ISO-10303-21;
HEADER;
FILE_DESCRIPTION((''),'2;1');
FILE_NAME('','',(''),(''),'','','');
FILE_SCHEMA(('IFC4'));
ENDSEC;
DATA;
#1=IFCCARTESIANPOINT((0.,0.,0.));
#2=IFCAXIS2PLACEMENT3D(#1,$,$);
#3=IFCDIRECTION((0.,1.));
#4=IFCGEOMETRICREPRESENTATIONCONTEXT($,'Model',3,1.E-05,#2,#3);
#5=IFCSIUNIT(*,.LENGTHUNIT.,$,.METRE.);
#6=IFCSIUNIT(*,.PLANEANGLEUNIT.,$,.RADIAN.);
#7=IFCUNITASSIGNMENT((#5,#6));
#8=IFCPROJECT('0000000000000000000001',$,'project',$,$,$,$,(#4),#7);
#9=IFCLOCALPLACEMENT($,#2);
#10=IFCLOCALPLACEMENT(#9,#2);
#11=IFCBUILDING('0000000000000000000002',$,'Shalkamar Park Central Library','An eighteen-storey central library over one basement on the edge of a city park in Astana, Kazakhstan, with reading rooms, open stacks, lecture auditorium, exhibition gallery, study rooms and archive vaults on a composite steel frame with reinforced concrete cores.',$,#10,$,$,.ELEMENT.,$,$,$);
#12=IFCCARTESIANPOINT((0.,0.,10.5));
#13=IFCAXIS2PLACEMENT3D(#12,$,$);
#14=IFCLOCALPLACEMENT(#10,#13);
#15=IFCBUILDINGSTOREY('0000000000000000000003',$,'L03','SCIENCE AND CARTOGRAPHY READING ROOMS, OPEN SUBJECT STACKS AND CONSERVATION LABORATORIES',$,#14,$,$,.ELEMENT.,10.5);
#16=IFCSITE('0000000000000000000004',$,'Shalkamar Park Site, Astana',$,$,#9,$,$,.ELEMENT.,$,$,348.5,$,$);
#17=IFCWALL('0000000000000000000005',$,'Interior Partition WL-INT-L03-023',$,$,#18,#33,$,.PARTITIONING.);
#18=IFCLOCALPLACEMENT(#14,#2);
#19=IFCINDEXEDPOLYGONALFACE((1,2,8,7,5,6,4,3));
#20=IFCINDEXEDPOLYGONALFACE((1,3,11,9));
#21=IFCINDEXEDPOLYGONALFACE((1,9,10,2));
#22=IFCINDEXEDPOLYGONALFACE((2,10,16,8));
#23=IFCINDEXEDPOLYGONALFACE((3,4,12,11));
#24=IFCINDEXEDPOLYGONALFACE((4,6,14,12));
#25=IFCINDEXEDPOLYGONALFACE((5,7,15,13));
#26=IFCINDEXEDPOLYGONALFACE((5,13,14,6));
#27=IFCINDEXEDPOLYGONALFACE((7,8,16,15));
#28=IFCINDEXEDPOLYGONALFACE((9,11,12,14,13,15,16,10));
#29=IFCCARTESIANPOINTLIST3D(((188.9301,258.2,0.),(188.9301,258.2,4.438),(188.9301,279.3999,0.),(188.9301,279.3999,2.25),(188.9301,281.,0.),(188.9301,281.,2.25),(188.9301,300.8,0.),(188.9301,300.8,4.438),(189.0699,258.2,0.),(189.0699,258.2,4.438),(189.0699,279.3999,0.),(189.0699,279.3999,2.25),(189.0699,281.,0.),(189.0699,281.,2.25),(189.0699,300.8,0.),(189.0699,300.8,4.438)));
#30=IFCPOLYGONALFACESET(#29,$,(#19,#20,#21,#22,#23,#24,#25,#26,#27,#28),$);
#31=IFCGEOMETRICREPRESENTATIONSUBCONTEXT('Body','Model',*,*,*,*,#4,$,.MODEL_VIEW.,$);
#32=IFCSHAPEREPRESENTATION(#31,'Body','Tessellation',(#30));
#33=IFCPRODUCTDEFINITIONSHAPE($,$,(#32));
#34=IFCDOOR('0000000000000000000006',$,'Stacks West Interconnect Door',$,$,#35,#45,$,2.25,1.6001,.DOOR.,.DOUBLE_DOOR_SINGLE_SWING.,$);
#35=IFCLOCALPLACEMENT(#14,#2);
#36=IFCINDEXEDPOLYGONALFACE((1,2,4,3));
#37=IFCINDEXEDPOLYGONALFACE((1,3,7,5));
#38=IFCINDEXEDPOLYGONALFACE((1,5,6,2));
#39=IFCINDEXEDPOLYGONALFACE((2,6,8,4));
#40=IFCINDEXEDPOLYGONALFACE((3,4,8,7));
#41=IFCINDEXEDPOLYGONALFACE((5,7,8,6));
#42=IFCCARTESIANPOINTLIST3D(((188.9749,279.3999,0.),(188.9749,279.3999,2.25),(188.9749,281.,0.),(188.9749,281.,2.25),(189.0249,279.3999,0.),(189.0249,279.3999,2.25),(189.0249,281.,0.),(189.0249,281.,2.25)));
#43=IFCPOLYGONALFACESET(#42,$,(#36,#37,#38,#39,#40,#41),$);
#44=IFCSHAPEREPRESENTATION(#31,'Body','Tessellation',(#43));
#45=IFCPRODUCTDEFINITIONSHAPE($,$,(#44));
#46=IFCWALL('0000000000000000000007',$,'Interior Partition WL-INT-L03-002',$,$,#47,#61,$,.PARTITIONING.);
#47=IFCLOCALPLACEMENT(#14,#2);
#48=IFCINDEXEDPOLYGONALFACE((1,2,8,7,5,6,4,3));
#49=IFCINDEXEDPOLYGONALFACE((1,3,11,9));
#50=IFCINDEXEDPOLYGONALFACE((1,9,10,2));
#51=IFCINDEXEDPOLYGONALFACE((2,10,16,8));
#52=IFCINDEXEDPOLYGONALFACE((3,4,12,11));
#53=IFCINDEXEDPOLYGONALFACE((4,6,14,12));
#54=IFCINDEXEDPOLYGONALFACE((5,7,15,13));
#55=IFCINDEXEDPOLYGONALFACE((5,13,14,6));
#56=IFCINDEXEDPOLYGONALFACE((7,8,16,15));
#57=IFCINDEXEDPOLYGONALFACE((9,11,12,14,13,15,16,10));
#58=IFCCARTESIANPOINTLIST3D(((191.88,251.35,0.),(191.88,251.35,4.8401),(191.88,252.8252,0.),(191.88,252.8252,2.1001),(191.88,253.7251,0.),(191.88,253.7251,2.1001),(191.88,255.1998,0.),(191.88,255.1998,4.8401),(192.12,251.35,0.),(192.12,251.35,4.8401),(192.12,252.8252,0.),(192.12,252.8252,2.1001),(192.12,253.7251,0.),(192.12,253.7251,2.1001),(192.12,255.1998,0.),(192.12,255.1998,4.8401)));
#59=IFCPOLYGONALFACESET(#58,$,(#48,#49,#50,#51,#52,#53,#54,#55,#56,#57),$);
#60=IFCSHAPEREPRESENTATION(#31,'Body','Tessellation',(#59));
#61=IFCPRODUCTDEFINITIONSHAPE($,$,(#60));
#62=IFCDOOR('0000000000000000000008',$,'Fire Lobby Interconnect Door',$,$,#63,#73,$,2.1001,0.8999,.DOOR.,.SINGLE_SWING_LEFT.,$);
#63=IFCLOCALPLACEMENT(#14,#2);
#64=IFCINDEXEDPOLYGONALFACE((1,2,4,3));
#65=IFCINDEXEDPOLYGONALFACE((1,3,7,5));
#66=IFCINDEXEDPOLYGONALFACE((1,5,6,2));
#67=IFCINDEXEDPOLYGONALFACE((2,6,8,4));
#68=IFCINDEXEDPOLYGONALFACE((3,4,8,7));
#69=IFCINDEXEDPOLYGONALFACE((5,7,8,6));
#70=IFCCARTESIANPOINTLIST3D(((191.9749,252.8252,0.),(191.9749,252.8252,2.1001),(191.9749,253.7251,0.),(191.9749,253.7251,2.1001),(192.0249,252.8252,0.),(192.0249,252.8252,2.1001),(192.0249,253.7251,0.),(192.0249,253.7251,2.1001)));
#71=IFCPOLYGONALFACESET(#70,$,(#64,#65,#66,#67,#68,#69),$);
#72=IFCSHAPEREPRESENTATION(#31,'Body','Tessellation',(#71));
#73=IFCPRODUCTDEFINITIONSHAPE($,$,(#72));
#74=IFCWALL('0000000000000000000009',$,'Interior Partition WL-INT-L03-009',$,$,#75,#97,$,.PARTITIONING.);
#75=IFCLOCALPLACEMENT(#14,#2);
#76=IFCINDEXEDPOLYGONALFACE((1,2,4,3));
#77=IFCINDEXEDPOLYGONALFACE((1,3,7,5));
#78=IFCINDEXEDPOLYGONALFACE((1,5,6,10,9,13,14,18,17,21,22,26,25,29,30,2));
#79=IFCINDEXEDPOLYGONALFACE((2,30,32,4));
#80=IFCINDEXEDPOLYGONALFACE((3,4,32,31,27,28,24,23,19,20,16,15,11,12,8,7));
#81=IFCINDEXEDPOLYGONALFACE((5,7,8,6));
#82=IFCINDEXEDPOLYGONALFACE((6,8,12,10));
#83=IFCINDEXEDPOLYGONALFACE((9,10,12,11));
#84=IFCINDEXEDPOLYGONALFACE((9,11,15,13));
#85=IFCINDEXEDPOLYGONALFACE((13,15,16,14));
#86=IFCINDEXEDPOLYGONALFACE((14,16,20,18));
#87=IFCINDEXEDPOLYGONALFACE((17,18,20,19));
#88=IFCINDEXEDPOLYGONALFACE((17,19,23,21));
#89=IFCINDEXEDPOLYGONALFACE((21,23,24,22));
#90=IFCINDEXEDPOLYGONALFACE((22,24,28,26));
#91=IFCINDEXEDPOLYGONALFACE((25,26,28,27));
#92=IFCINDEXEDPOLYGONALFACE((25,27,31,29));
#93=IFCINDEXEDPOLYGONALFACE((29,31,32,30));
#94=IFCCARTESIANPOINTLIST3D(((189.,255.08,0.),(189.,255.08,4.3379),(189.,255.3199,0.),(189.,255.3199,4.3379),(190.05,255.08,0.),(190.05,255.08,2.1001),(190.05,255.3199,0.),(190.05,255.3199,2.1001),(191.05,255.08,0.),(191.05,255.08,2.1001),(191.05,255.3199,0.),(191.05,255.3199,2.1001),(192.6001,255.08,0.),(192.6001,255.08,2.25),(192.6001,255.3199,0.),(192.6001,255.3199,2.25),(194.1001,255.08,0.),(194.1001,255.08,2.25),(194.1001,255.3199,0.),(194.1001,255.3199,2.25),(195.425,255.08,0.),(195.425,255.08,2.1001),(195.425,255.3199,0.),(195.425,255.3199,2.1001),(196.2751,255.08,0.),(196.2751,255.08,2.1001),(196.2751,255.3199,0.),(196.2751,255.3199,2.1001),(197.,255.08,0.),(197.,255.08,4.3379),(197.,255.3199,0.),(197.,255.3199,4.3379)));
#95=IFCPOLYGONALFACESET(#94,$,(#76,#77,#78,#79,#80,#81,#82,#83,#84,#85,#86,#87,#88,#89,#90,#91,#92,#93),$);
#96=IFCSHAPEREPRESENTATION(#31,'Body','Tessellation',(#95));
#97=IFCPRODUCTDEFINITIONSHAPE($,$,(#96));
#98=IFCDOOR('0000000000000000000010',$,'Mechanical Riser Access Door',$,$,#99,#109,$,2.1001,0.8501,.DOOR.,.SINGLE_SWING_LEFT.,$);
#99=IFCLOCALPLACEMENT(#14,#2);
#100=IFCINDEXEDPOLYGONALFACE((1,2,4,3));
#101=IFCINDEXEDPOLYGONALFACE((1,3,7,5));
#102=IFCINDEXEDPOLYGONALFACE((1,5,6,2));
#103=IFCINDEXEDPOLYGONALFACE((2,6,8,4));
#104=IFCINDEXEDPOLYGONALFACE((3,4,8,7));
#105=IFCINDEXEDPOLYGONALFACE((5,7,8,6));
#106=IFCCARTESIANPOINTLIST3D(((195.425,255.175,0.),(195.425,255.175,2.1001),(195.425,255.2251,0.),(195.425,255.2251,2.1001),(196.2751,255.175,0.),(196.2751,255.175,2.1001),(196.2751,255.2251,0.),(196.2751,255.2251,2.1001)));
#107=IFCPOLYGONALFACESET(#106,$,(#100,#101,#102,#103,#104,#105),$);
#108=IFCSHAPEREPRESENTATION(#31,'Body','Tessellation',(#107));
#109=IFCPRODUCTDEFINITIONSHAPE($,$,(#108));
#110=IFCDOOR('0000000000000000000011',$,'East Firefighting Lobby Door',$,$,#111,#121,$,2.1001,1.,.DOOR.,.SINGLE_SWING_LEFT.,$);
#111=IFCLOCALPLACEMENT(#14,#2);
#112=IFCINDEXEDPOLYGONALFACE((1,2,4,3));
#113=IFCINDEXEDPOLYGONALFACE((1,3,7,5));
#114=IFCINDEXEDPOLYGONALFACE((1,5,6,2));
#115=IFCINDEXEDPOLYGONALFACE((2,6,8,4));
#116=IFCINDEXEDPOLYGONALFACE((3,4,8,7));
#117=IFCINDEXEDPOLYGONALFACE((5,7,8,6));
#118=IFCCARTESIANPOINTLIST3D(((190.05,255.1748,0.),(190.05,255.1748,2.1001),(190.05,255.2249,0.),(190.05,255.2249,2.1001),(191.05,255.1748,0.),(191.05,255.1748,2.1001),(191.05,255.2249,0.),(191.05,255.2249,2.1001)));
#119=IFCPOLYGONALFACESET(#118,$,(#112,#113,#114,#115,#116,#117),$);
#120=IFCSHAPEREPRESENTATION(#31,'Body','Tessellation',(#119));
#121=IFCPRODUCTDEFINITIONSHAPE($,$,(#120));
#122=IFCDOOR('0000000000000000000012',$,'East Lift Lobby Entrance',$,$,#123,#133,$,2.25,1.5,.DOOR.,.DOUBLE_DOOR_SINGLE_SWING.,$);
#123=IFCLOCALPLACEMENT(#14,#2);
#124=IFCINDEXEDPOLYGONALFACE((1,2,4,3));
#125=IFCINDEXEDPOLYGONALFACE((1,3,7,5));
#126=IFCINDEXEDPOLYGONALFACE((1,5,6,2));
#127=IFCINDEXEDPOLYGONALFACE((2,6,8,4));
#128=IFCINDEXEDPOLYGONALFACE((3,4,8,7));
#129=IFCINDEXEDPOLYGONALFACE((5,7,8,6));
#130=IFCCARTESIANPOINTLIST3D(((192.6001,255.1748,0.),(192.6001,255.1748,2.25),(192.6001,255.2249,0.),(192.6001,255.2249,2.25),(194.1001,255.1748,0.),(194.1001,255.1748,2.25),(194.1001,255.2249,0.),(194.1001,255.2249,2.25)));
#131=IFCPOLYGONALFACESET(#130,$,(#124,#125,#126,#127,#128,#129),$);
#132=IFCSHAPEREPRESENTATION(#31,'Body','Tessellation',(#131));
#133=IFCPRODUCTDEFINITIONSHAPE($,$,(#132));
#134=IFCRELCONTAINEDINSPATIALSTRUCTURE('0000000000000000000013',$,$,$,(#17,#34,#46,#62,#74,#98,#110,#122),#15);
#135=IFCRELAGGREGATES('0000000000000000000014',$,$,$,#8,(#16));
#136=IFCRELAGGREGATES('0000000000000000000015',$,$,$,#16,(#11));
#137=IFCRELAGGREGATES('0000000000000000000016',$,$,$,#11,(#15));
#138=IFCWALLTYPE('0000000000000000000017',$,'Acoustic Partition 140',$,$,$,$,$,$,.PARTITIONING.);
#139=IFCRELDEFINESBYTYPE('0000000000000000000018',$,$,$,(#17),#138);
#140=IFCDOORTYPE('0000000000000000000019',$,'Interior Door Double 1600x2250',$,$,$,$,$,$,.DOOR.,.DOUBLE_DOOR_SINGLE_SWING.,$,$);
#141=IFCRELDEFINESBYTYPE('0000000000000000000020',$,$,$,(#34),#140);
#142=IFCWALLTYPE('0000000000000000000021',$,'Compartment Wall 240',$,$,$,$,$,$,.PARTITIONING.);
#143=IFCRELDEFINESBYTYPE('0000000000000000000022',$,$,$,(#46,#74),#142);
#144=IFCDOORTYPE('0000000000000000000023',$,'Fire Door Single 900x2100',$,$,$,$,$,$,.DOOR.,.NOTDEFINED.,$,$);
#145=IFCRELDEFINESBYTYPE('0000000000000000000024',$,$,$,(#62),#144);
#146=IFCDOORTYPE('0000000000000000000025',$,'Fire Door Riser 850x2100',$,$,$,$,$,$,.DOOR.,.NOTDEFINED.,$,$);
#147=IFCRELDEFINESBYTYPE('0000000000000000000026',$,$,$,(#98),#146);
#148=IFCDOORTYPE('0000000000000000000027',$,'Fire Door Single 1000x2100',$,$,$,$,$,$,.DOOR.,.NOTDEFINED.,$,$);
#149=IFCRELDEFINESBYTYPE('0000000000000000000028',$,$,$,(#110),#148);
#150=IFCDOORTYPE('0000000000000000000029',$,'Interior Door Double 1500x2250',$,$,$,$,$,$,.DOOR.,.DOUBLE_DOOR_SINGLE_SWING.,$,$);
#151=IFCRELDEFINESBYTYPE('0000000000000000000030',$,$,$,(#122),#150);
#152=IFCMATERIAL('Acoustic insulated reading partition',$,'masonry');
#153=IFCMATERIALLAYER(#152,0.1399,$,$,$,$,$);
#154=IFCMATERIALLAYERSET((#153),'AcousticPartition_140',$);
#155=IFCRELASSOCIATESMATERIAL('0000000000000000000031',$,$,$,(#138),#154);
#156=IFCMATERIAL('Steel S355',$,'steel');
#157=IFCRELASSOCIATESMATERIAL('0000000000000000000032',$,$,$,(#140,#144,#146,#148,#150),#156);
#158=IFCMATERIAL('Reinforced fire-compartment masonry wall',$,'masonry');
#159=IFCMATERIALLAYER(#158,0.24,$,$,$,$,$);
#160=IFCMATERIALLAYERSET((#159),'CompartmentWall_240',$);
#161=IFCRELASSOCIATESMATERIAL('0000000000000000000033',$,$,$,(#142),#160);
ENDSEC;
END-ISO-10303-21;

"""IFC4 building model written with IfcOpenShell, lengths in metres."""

from ifc_helpers import new_model, si_unit, direction, frame, frame_2d, origin, place, context, subcontext, project, spatial, rectangle, extrude, material, layer, layer_set, type_object, element, fill, save


model = new_model("IFC4")

# Units and contexts
model_context = context("Model", 3, precision=1e-05, world=origin(), true_north=direction((0.0, 1.0)))
body_context = subcontext(model_context, "Body", "Model", "MODEL_VIEW")
ifc_project = project(units=[si_unit("LENGTHUNIT", "METRE"), si_unit("PLANEANGLEUNIT", "RADIAN")], contexts=[model_context])

# Site, building, storey
site_placement = place(None, origin())
site = spatial("IfcSite", under=ifc_project, at=site_placement, Name="Shalkamar Park Site, Astana", CompositionType="ELEMENT", RefElevation=348.5)
building_placement = place(site_placement, origin())
building = spatial("IfcBuilding", under=site, at=building_placement, Name="Shalkamar Park Central Library", Description="An eighteen-storey central library over one basement on the edge of a city park in Astana, Kazakhstan, with reading rooms, open stacks, lecture auditorium, exhibition gallery, study rooms and archive vaults on a composite steel frame with reinforced concrete cores.", CompositionType="ELEMENT")
storey_placement = place(building_placement, frame((0.0, 0.0, 10.5)))
storey = spatial("IfcBuildingStorey", under=building, at=storey_placement, Name="L03", Description="SCIENCE AND CARTOGRAPHY READING ROOMS, OPEN SUBJECT STACKS AND CONSERVATION LABORATORIES", CompositionType="ELEMENT", Elevation=10.5)

# Shared definitions
ifc_material_1 = material(Name="Steel S355", Category="steel")

# Walls, openings, doors
ifc_material_2 = material(Name="Acoustic insulated reading partition", Category="masonry")
ifc_layer_1 = layer(ifc_material_2, 0.1399)
ifc_layer_set_1 = layer_set([ifc_layer_1], Name="AcousticPartition_140")
wall_type_1 = type_object("IfcWallType", Name="Acoustic Partition 140", PredefinedType="PARTITIONING", material=ifc_layer_set_1)
wall_1_placement = place(storey_placement, frame((189.0, 258.2, 0.0), z_axis=(0.0, 0.0, 1.0), x_axis=(0.0, 1.0, 0.0)))
wall_1 = element("IfcWall", 1, at=wall_1_placement, inside=storey, type_object=wall_type_1, Name="Interior Partition WL-INT-L03-023", PredefinedType="PARTITIONING", context=body_context, shape_type="SweptSolid", body=[
    extrude(rectangle(XDim=42.6001, YDim=0.1399, at=frame_2d((21.3, 0.0))), origin(), (0.0, 0.0, 1.0), 4.438),
])
opening_1_placement = place(wall_1_placement, frame((21.2, 0.0, 0.0)))
opening_1 = element("IfcOpeningElement", 2, at=opening_1_placement, cuts=wall_1, PredefinedType="OPENING", context=body_context, shape_type="SweptSolid", body=[
    extrude(rectangle(XDim=1.6001, YDim=2.25, at=frame_2d((0.8, 1.125))), frame((0.0, 0.085, 0.0), z_axis=(0.0, -1.0, 0.0), x_axis=(1.0, 0.0, 0.0)), (0.0, 0.0, 1.0), 0.1697),
])
door_type_1 = type_object("IfcDoorType", Name="Interior Door Double 1600x2250", OperationType="DOUBLE_DOOR_SINGLE_SWING", PredefinedType="DOOR", material=ifc_material_1)
door_1_placement = place(opening_1_placement, frame((1.6001, 0.0, 0.0), z_axis=(0.0, 0.0, 1.0), x_axis=(-1.0, 0.0, 0.0)))
door_1 = element("IfcDoor", 3, at=door_1_placement, inside=storey, type_object=door_type_1, Name="Stacks West Interconnect Door", OperationType="DOUBLE_DOOR_SINGLE_SWING", OverallHeight=2.25, OverallWidth=1.6001, PredefinedType="DOOR", context=body_context, shape_type="SweptSolid", body=[
    extrude(rectangle(XDim=1.6001, YDim=2.25, at=frame_2d((0.8, 1.125))), frame((0.0, 0.0249, 0.0), z_axis=(0.0, -1.0, 0.0), x_axis=(1.0, 0.0, 0.0)), (0.0, 0.0, 1.0), 0.05),
])
fill(opening_1, door_1)
ifc_material_3 = material(Name="Reinforced fire-compartment masonry wall", Category="masonry")
ifc_layer_2 = layer(ifc_material_3, 0.24)
ifc_layer_set_2 = layer_set([ifc_layer_2], Name="CompartmentWall_240")
wall_type_2 = type_object("IfcWallType", Name="Compartment Wall 240", PredefinedType="PARTITIONING", material=ifc_layer_set_2)
wall_2_placement = place(storey_placement, frame((192.0, 251.3501, 0.0), z_axis=(0.0, 0.0, 1.0), x_axis=(0.0, 1.0, 0.0)))
wall_2 = element("IfcWall", 4, at=wall_2_placement, inside=storey, type_object=wall_type_2, Name="Interior Partition WL-INT-L03-002", PredefinedType="PARTITIONING", context=body_context, shape_type="SweptSolid", body=[
    extrude(rectangle(XDim=3.8499, YDim=0.24, at=frame_2d((1.9248, 0.0))), origin(), (0.0, 0.0, 1.0), 4.8401),
])
opening_2_placement = place(wall_2_placement, frame((1.4751, 0.0, 0.0)))
opening_2 = element("IfcOpeningElement", 5, at=opening_2_placement, cuts=wall_2, PredefinedType="OPENING", context=body_context, shape_type="SweptSolid", body=[
    extrude(rectangle(XDim=0.8999, YDim=2.1001, at=frame_2d((0.45, 1.05))), frame((0.0, 0.1348, 0.0), z_axis=(0.0, -1.0, 0.0), x_axis=(1.0, 0.0, 0.0)), (0.0, 0.0, 1.0), 0.2698),
])
door_type_2 = type_object("IfcDoorType", Name="Fire Door Single 900x2100", OperationType="NOTDEFINED", PredefinedType="DOOR", material=ifc_material_1)
door_2_placement = place(opening_2_placement, frame((0.8999, 0.0, 0.0), z_axis=(0.0, 0.0, 1.0), x_axis=(-1.0, 0.0, 0.0)))
door_2 = element("IfcDoor", 6, at=door_2_placement, inside=storey, type_object=door_type_2, Name="Fire Lobby Interconnect Door", OperationType="SINGLE_SWING_LEFT", OverallHeight=2.1001, OverallWidth=0.8999, PredefinedType="DOOR", context=body_context, shape_type="SweptSolid", body=[
    extrude(rectangle(XDim=0.8999, YDim=2.1001, at=frame_2d((0.45, 1.05))), frame((0.0, 0.0249, 0.0), z_axis=(0.0, -1.0, 0.0), x_axis=(1.0, 0.0, 0.0)), (0.0, 0.0, 1.0), 0.05),
])
fill(opening_2, door_2)

# Wall, openings, doors
wall_3_placement = place(storey_placement, frame((189.0, 255.2, 0.0), z_axis=(0.0, 0.0, 1.0), x_axis=(1.0, 0.0, 0.0)))
wall_3 = element("IfcWall", 7, at=wall_3_placement, inside=storey, type_object=wall_type_2, Name="Interior Partition WL-INT-L03-009", PredefinedType="PARTITIONING", context=body_context, shape_type="SweptSolid", body=[
    extrude(rectangle(XDim=8.0, YDim=0.24, at=frame_2d((4.0, 0.0))), origin(), (0.0, 0.0, 1.0), 4.3379),
])
opening_3_placement = place(wall_3_placement, frame((1.05, 0.0, 0.0)))
opening_3 = element("IfcOpeningElement", 8, at=opening_3_placement, cuts=wall_3, PredefinedType="OPENING", context=body_context, shape_type="SweptSolid", body=[
    extrude(rectangle(XDim=1.0, YDim=2.1001, at=frame_2d((0.5, 1.05))), frame((0.0, 0.1348, 0.0), z_axis=(0.0, -1.0, 0.0), x_axis=(1.0, 0.0, 0.0)), (0.0, 0.0, 1.0), 0.2698),
])
opening_4_placement = place(wall_3_placement, frame((3.6001, 0.0, 0.0)))
opening_4 = element("IfcOpeningElement", 9, at=opening_4_placement, cuts=wall_3, PredefinedType="OPENING", context=body_context, shape_type="SweptSolid", body=[
    extrude(rectangle(XDim=1.5, YDim=2.25, at=frame_2d((0.75, 1.125))), frame((0.0, 0.1348, 0.0), z_axis=(0.0, -1.0, 0.0), x_axis=(1.0, 0.0, 0.0)), (0.0, 0.0, 1.0), 0.2698),
])
opening_5_placement = place(wall_3_placement, frame((6.425, 0.0, 0.0)))
opening_5 = element("IfcOpeningElement", 10, at=opening_5_placement, cuts=wall_3, PredefinedType="OPENING", context=body_context, shape_type="SweptSolid", body=[
    extrude(rectangle(XDim=0.8501, YDim=2.1001, at=frame_2d((0.425, 1.05))), frame((0.0, 0.1348, 0.0), z_axis=(0.0, -1.0, 0.0), x_axis=(1.0, 0.0, 0.0)), (0.0, 0.0, 1.0), 0.2698),
])
door_type_3 = type_object("IfcDoorType", Name="Fire Door Riser 850x2100", OperationType="NOTDEFINED", PredefinedType="DOOR", material=ifc_material_1)
door_3_placement = place(opening_5_placement, frame((0.8501, 0.0, 0.0), z_axis=(0.0, 0.0, 1.0), x_axis=(-1.0, 0.0, 0.0)))
door_3 = element("IfcDoor", 11, at=door_3_placement, inside=storey, type_object=door_type_3, Name="Mechanical Riser Access Door", OperationType="SINGLE_SWING_LEFT", OverallHeight=2.1001, OverallWidth=0.8501, PredefinedType="DOOR", context=body_context, shape_type="SweptSolid", body=[
    extrude(rectangle(XDim=0.8501, YDim=2.1001, at=frame_2d((0.425, 1.05))), frame((0.0, 0.0249, 0.0), z_axis=(0.0, -1.0, 0.0), x_axis=(1.0, 0.0, 0.0)), (0.0, 0.0, 1.0), 0.05),
])
fill(opening_5, door_3)
door_type_4 = type_object("IfcDoorType", Name="Fire Door Single 1000x2100", OperationType="NOTDEFINED", PredefinedType="DOOR", material=ifc_material_1)
door_4_placement = place(opening_3_placement, origin())
door_4 = element("IfcDoor", 12, at=door_4_placement, inside=storey, type_object=door_type_4, Name="East Firefighting Lobby Door", OperationType="SINGLE_SWING_LEFT", OverallHeight=2.1001, OverallWidth=1.0, PredefinedType="DOOR", context=body_context, shape_type="SweptSolid", body=[
    extrude(rectangle(XDim=1.0, YDim=2.1001, at=frame_2d((0.5, 1.05))), frame((0.0, 0.0249, 0.0), z_axis=(0.0, -1.0, 0.0), x_axis=(1.0, 0.0, 0.0)), (0.0, 0.0, 1.0), 0.05),
])
fill(opening_3, door_4)
door_type_5 = type_object("IfcDoorType", Name="Interior Door Double 1500x2250", OperationType="DOUBLE_DOOR_SINGLE_SWING", PredefinedType="DOOR", material=ifc_material_1)
door_5_placement = place(opening_4_placement, origin())
door_5 = element("IfcDoor", 13, at=door_5_placement, inside=storey, type_object=door_type_5, Name="East Lift Lobby Entrance", OperationType="DOUBLE_DOOR_SINGLE_SWING", OverallHeight=2.25, OverallWidth=1.5, PredefinedType="DOOR", context=body_context, shape_type="SweptSolid", body=[
    extrude(rectangle(XDim=1.5, YDim=2.25, at=frame_2d((0.75, 1.125))), frame((0.0, 0.0249, 0.0), z_axis=(0.0, -1.0, 0.0), x_axis=(1.0, 0.0, 0.0)), (0.0, 0.0, 1.0), 0.05),
])
fill(opening_4, door_5)

save(model, "model.ifc")
